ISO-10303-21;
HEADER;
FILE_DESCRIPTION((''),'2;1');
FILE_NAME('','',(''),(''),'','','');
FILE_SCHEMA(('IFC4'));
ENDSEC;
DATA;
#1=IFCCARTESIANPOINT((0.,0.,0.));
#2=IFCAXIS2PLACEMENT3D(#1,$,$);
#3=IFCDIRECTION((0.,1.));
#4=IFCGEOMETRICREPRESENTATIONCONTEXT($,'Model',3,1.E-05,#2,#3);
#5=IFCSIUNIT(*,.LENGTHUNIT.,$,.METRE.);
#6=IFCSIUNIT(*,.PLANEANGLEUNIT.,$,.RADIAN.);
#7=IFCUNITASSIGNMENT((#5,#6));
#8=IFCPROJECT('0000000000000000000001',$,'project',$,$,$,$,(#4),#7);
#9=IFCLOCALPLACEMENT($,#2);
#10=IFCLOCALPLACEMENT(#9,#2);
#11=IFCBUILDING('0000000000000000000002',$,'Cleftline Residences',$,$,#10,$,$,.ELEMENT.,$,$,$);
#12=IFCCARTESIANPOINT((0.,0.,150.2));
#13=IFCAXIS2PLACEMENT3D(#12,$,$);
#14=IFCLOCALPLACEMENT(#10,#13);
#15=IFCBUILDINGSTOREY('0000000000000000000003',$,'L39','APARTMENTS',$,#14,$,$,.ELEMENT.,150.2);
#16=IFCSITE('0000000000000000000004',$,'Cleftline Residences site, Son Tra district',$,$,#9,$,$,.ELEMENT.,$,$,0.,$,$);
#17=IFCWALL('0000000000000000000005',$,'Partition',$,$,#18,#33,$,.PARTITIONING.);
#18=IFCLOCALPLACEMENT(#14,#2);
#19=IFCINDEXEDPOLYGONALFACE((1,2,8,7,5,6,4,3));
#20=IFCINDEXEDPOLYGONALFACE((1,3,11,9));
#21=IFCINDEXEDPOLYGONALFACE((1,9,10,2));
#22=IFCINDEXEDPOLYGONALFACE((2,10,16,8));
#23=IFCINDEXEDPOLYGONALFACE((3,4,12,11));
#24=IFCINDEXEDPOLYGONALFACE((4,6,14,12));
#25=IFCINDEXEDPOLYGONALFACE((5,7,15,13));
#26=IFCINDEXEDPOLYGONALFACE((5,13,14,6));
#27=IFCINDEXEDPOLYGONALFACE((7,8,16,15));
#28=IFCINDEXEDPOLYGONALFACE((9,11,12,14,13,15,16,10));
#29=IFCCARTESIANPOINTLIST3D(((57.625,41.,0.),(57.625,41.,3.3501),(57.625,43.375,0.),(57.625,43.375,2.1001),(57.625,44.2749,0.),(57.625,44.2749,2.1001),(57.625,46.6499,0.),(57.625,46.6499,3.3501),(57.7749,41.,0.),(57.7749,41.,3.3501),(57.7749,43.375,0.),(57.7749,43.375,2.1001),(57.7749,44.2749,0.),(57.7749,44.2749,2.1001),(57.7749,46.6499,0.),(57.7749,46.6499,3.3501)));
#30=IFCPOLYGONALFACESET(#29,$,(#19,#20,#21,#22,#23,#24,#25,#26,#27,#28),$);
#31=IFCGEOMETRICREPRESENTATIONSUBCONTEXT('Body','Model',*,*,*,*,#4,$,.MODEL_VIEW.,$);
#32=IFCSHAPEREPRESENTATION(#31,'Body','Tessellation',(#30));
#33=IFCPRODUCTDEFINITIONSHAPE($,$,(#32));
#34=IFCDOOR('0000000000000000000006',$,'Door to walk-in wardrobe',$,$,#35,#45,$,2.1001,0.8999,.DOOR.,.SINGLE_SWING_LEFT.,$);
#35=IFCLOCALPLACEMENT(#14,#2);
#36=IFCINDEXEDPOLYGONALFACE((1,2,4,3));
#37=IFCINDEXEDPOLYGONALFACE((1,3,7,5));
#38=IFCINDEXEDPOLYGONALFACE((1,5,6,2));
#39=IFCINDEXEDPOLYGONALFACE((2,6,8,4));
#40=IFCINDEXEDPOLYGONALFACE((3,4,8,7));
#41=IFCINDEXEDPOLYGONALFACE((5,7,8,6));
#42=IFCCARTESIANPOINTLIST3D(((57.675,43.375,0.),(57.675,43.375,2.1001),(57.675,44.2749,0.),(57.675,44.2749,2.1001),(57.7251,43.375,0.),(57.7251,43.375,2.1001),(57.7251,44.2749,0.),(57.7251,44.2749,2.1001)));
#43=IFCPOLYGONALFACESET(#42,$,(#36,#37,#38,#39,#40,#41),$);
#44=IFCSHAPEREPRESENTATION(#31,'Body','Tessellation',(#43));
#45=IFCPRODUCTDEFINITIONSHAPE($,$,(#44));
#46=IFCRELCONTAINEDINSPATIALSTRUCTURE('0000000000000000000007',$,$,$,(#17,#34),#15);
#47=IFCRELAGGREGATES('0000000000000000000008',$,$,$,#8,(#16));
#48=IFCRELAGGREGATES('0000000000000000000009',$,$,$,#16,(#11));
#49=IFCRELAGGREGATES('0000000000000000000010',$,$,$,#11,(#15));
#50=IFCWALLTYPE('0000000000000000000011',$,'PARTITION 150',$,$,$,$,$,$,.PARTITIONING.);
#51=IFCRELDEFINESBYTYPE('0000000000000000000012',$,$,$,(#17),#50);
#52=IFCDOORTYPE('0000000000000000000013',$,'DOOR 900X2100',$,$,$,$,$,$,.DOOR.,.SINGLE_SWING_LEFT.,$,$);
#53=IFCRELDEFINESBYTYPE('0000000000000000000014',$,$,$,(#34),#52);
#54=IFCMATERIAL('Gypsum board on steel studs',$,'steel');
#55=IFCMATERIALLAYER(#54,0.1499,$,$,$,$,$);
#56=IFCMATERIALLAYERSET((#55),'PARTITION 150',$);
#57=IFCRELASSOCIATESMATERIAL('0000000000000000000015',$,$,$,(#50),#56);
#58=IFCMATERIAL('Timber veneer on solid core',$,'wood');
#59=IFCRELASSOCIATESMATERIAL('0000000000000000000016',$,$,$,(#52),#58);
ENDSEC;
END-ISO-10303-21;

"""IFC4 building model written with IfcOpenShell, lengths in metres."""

from ifc_helpers import new_model, si_unit, direction, frame, frame_2d, origin, place, context, subcontext, project, spatial, rectangle, extrude, material, layer, layer_set, type_object, element, fill, save


model = new_model("IFC4")

# Units and contexts
model_context = context("Model", 3, precision=1e-05, world=origin(), true_north=direction((0.0, 1.0)))
body_context = subcontext(model_context, "Body", "Model", "MODEL_VIEW")
ifc_project = project(units=[si_unit("LENGTHUNIT", "METRE"), si_unit("PLANEANGLEUNIT", "RADIAN")], contexts=[model_context])

# Site, building, storey
site_placement = place(None, origin())
site = spatial("IfcSite", under=ifc_project, at=site_placement, Name="Cleftline Residences site, Son Tra district", CompositionType="ELEMENT", RefElevation=0.0)
building_placement = place(site_placement, origin())
building = spatial("IfcBuilding", under=site, at=building_placement, Name="Cleftline Residences", CompositionType="ELEMENT")
storey_placement = place(building_placement, frame((0.0, 0.0, 150.2)))
storey = spatial("IfcBuildingStorey", under=building, at=storey_placement, Name="L39", Description="APARTMENTS", CompositionType="ELEMENT", Elevation=150.2)

# Shared definitions
ifc_material_1 = material(Name="Gypsum board on steel studs", Category="steel")
ifc_layer_1 = layer(ifc_material_1, 0.1499)
ifc_layer_set_1 = layer_set([ifc_layer_1], Name="PARTITION 150")
wall_type_1 = type_object("IfcWallType", Name="PARTITION 150", PredefinedType="PARTITIONING", material=ifc_layer_set_1)

# Wall, opening, door
wall_1_placement = place(storey_placement, frame((57.7, 41.0, 0.0), z_axis=(0.0, 0.0, 1.0), x_axis=(0.0, 1.0, 0.0)))
wall_1 = element("IfcWall", 1, at=wall_1_placement, inside=storey, type_object=wall_type_1, Name="Partition", PredefinedType="PARTITIONING", context=body_context, shape_type="SweptSolid", body=[
    extrude(rectangle(XDim=5.6499, YDim=0.1499, at=frame_2d((2.825, 0.0))), origin(), (0.0, 0.0, 1.0), 3.3501),
])
opening_1_placement = place(wall_1_placement, frame((2.375, 0.0, 0.0)))
opening_1 = element("IfcOpeningElement", 2, at=opening_1_placement, cuts=wall_1, PredefinedType="OPENING", context=body_context, shape_type="SweptSolid", body=[
    extrude(rectangle(XDim=0.8999, YDim=2.1001, at=frame_2d((0.45, 1.05))), frame((0.0, 0.085, 0.0), z_axis=(0.0, -1.0, 0.0), x_axis=(1.0, 0.0, 0.0)), (0.0, 0.0, 1.0), 0.1699),
])
ifc_material_2 = material(Name="Timber veneer on solid core", Category="wood")
door_type = type_object("IfcDoorType", Name="DOOR 900X2100", OperationType="SINGLE_SWING_LEFT", PredefinedType="DOOR", material=ifc_material_2)
door_placement = place(opening_1_placement, origin())
door = element("IfcDoor", 3, at=door_placement, inside=storey, type_object=door_type, Name="Door to walk-in wardrobe", OperationType="SINGLE_SWING_LEFT", OverallHeight=2.1001, OverallWidth=0.8999, PredefinedType="DOOR", context=body_context, shape_type="SweptSolid", body=[
    extrude(rectangle(XDim=0.8999, YDim=2.1001, at=frame_2d((0.45, 1.05))), frame((0.0, 0.0249, 0.0), z_axis=(0.0, -1.0, 0.0), x_axis=(1.0, 0.0, 0.0)), (0.0, 0.0, 1.0), 0.05),
])
fill(opening_1, door)

save(model, "model.ifc")
